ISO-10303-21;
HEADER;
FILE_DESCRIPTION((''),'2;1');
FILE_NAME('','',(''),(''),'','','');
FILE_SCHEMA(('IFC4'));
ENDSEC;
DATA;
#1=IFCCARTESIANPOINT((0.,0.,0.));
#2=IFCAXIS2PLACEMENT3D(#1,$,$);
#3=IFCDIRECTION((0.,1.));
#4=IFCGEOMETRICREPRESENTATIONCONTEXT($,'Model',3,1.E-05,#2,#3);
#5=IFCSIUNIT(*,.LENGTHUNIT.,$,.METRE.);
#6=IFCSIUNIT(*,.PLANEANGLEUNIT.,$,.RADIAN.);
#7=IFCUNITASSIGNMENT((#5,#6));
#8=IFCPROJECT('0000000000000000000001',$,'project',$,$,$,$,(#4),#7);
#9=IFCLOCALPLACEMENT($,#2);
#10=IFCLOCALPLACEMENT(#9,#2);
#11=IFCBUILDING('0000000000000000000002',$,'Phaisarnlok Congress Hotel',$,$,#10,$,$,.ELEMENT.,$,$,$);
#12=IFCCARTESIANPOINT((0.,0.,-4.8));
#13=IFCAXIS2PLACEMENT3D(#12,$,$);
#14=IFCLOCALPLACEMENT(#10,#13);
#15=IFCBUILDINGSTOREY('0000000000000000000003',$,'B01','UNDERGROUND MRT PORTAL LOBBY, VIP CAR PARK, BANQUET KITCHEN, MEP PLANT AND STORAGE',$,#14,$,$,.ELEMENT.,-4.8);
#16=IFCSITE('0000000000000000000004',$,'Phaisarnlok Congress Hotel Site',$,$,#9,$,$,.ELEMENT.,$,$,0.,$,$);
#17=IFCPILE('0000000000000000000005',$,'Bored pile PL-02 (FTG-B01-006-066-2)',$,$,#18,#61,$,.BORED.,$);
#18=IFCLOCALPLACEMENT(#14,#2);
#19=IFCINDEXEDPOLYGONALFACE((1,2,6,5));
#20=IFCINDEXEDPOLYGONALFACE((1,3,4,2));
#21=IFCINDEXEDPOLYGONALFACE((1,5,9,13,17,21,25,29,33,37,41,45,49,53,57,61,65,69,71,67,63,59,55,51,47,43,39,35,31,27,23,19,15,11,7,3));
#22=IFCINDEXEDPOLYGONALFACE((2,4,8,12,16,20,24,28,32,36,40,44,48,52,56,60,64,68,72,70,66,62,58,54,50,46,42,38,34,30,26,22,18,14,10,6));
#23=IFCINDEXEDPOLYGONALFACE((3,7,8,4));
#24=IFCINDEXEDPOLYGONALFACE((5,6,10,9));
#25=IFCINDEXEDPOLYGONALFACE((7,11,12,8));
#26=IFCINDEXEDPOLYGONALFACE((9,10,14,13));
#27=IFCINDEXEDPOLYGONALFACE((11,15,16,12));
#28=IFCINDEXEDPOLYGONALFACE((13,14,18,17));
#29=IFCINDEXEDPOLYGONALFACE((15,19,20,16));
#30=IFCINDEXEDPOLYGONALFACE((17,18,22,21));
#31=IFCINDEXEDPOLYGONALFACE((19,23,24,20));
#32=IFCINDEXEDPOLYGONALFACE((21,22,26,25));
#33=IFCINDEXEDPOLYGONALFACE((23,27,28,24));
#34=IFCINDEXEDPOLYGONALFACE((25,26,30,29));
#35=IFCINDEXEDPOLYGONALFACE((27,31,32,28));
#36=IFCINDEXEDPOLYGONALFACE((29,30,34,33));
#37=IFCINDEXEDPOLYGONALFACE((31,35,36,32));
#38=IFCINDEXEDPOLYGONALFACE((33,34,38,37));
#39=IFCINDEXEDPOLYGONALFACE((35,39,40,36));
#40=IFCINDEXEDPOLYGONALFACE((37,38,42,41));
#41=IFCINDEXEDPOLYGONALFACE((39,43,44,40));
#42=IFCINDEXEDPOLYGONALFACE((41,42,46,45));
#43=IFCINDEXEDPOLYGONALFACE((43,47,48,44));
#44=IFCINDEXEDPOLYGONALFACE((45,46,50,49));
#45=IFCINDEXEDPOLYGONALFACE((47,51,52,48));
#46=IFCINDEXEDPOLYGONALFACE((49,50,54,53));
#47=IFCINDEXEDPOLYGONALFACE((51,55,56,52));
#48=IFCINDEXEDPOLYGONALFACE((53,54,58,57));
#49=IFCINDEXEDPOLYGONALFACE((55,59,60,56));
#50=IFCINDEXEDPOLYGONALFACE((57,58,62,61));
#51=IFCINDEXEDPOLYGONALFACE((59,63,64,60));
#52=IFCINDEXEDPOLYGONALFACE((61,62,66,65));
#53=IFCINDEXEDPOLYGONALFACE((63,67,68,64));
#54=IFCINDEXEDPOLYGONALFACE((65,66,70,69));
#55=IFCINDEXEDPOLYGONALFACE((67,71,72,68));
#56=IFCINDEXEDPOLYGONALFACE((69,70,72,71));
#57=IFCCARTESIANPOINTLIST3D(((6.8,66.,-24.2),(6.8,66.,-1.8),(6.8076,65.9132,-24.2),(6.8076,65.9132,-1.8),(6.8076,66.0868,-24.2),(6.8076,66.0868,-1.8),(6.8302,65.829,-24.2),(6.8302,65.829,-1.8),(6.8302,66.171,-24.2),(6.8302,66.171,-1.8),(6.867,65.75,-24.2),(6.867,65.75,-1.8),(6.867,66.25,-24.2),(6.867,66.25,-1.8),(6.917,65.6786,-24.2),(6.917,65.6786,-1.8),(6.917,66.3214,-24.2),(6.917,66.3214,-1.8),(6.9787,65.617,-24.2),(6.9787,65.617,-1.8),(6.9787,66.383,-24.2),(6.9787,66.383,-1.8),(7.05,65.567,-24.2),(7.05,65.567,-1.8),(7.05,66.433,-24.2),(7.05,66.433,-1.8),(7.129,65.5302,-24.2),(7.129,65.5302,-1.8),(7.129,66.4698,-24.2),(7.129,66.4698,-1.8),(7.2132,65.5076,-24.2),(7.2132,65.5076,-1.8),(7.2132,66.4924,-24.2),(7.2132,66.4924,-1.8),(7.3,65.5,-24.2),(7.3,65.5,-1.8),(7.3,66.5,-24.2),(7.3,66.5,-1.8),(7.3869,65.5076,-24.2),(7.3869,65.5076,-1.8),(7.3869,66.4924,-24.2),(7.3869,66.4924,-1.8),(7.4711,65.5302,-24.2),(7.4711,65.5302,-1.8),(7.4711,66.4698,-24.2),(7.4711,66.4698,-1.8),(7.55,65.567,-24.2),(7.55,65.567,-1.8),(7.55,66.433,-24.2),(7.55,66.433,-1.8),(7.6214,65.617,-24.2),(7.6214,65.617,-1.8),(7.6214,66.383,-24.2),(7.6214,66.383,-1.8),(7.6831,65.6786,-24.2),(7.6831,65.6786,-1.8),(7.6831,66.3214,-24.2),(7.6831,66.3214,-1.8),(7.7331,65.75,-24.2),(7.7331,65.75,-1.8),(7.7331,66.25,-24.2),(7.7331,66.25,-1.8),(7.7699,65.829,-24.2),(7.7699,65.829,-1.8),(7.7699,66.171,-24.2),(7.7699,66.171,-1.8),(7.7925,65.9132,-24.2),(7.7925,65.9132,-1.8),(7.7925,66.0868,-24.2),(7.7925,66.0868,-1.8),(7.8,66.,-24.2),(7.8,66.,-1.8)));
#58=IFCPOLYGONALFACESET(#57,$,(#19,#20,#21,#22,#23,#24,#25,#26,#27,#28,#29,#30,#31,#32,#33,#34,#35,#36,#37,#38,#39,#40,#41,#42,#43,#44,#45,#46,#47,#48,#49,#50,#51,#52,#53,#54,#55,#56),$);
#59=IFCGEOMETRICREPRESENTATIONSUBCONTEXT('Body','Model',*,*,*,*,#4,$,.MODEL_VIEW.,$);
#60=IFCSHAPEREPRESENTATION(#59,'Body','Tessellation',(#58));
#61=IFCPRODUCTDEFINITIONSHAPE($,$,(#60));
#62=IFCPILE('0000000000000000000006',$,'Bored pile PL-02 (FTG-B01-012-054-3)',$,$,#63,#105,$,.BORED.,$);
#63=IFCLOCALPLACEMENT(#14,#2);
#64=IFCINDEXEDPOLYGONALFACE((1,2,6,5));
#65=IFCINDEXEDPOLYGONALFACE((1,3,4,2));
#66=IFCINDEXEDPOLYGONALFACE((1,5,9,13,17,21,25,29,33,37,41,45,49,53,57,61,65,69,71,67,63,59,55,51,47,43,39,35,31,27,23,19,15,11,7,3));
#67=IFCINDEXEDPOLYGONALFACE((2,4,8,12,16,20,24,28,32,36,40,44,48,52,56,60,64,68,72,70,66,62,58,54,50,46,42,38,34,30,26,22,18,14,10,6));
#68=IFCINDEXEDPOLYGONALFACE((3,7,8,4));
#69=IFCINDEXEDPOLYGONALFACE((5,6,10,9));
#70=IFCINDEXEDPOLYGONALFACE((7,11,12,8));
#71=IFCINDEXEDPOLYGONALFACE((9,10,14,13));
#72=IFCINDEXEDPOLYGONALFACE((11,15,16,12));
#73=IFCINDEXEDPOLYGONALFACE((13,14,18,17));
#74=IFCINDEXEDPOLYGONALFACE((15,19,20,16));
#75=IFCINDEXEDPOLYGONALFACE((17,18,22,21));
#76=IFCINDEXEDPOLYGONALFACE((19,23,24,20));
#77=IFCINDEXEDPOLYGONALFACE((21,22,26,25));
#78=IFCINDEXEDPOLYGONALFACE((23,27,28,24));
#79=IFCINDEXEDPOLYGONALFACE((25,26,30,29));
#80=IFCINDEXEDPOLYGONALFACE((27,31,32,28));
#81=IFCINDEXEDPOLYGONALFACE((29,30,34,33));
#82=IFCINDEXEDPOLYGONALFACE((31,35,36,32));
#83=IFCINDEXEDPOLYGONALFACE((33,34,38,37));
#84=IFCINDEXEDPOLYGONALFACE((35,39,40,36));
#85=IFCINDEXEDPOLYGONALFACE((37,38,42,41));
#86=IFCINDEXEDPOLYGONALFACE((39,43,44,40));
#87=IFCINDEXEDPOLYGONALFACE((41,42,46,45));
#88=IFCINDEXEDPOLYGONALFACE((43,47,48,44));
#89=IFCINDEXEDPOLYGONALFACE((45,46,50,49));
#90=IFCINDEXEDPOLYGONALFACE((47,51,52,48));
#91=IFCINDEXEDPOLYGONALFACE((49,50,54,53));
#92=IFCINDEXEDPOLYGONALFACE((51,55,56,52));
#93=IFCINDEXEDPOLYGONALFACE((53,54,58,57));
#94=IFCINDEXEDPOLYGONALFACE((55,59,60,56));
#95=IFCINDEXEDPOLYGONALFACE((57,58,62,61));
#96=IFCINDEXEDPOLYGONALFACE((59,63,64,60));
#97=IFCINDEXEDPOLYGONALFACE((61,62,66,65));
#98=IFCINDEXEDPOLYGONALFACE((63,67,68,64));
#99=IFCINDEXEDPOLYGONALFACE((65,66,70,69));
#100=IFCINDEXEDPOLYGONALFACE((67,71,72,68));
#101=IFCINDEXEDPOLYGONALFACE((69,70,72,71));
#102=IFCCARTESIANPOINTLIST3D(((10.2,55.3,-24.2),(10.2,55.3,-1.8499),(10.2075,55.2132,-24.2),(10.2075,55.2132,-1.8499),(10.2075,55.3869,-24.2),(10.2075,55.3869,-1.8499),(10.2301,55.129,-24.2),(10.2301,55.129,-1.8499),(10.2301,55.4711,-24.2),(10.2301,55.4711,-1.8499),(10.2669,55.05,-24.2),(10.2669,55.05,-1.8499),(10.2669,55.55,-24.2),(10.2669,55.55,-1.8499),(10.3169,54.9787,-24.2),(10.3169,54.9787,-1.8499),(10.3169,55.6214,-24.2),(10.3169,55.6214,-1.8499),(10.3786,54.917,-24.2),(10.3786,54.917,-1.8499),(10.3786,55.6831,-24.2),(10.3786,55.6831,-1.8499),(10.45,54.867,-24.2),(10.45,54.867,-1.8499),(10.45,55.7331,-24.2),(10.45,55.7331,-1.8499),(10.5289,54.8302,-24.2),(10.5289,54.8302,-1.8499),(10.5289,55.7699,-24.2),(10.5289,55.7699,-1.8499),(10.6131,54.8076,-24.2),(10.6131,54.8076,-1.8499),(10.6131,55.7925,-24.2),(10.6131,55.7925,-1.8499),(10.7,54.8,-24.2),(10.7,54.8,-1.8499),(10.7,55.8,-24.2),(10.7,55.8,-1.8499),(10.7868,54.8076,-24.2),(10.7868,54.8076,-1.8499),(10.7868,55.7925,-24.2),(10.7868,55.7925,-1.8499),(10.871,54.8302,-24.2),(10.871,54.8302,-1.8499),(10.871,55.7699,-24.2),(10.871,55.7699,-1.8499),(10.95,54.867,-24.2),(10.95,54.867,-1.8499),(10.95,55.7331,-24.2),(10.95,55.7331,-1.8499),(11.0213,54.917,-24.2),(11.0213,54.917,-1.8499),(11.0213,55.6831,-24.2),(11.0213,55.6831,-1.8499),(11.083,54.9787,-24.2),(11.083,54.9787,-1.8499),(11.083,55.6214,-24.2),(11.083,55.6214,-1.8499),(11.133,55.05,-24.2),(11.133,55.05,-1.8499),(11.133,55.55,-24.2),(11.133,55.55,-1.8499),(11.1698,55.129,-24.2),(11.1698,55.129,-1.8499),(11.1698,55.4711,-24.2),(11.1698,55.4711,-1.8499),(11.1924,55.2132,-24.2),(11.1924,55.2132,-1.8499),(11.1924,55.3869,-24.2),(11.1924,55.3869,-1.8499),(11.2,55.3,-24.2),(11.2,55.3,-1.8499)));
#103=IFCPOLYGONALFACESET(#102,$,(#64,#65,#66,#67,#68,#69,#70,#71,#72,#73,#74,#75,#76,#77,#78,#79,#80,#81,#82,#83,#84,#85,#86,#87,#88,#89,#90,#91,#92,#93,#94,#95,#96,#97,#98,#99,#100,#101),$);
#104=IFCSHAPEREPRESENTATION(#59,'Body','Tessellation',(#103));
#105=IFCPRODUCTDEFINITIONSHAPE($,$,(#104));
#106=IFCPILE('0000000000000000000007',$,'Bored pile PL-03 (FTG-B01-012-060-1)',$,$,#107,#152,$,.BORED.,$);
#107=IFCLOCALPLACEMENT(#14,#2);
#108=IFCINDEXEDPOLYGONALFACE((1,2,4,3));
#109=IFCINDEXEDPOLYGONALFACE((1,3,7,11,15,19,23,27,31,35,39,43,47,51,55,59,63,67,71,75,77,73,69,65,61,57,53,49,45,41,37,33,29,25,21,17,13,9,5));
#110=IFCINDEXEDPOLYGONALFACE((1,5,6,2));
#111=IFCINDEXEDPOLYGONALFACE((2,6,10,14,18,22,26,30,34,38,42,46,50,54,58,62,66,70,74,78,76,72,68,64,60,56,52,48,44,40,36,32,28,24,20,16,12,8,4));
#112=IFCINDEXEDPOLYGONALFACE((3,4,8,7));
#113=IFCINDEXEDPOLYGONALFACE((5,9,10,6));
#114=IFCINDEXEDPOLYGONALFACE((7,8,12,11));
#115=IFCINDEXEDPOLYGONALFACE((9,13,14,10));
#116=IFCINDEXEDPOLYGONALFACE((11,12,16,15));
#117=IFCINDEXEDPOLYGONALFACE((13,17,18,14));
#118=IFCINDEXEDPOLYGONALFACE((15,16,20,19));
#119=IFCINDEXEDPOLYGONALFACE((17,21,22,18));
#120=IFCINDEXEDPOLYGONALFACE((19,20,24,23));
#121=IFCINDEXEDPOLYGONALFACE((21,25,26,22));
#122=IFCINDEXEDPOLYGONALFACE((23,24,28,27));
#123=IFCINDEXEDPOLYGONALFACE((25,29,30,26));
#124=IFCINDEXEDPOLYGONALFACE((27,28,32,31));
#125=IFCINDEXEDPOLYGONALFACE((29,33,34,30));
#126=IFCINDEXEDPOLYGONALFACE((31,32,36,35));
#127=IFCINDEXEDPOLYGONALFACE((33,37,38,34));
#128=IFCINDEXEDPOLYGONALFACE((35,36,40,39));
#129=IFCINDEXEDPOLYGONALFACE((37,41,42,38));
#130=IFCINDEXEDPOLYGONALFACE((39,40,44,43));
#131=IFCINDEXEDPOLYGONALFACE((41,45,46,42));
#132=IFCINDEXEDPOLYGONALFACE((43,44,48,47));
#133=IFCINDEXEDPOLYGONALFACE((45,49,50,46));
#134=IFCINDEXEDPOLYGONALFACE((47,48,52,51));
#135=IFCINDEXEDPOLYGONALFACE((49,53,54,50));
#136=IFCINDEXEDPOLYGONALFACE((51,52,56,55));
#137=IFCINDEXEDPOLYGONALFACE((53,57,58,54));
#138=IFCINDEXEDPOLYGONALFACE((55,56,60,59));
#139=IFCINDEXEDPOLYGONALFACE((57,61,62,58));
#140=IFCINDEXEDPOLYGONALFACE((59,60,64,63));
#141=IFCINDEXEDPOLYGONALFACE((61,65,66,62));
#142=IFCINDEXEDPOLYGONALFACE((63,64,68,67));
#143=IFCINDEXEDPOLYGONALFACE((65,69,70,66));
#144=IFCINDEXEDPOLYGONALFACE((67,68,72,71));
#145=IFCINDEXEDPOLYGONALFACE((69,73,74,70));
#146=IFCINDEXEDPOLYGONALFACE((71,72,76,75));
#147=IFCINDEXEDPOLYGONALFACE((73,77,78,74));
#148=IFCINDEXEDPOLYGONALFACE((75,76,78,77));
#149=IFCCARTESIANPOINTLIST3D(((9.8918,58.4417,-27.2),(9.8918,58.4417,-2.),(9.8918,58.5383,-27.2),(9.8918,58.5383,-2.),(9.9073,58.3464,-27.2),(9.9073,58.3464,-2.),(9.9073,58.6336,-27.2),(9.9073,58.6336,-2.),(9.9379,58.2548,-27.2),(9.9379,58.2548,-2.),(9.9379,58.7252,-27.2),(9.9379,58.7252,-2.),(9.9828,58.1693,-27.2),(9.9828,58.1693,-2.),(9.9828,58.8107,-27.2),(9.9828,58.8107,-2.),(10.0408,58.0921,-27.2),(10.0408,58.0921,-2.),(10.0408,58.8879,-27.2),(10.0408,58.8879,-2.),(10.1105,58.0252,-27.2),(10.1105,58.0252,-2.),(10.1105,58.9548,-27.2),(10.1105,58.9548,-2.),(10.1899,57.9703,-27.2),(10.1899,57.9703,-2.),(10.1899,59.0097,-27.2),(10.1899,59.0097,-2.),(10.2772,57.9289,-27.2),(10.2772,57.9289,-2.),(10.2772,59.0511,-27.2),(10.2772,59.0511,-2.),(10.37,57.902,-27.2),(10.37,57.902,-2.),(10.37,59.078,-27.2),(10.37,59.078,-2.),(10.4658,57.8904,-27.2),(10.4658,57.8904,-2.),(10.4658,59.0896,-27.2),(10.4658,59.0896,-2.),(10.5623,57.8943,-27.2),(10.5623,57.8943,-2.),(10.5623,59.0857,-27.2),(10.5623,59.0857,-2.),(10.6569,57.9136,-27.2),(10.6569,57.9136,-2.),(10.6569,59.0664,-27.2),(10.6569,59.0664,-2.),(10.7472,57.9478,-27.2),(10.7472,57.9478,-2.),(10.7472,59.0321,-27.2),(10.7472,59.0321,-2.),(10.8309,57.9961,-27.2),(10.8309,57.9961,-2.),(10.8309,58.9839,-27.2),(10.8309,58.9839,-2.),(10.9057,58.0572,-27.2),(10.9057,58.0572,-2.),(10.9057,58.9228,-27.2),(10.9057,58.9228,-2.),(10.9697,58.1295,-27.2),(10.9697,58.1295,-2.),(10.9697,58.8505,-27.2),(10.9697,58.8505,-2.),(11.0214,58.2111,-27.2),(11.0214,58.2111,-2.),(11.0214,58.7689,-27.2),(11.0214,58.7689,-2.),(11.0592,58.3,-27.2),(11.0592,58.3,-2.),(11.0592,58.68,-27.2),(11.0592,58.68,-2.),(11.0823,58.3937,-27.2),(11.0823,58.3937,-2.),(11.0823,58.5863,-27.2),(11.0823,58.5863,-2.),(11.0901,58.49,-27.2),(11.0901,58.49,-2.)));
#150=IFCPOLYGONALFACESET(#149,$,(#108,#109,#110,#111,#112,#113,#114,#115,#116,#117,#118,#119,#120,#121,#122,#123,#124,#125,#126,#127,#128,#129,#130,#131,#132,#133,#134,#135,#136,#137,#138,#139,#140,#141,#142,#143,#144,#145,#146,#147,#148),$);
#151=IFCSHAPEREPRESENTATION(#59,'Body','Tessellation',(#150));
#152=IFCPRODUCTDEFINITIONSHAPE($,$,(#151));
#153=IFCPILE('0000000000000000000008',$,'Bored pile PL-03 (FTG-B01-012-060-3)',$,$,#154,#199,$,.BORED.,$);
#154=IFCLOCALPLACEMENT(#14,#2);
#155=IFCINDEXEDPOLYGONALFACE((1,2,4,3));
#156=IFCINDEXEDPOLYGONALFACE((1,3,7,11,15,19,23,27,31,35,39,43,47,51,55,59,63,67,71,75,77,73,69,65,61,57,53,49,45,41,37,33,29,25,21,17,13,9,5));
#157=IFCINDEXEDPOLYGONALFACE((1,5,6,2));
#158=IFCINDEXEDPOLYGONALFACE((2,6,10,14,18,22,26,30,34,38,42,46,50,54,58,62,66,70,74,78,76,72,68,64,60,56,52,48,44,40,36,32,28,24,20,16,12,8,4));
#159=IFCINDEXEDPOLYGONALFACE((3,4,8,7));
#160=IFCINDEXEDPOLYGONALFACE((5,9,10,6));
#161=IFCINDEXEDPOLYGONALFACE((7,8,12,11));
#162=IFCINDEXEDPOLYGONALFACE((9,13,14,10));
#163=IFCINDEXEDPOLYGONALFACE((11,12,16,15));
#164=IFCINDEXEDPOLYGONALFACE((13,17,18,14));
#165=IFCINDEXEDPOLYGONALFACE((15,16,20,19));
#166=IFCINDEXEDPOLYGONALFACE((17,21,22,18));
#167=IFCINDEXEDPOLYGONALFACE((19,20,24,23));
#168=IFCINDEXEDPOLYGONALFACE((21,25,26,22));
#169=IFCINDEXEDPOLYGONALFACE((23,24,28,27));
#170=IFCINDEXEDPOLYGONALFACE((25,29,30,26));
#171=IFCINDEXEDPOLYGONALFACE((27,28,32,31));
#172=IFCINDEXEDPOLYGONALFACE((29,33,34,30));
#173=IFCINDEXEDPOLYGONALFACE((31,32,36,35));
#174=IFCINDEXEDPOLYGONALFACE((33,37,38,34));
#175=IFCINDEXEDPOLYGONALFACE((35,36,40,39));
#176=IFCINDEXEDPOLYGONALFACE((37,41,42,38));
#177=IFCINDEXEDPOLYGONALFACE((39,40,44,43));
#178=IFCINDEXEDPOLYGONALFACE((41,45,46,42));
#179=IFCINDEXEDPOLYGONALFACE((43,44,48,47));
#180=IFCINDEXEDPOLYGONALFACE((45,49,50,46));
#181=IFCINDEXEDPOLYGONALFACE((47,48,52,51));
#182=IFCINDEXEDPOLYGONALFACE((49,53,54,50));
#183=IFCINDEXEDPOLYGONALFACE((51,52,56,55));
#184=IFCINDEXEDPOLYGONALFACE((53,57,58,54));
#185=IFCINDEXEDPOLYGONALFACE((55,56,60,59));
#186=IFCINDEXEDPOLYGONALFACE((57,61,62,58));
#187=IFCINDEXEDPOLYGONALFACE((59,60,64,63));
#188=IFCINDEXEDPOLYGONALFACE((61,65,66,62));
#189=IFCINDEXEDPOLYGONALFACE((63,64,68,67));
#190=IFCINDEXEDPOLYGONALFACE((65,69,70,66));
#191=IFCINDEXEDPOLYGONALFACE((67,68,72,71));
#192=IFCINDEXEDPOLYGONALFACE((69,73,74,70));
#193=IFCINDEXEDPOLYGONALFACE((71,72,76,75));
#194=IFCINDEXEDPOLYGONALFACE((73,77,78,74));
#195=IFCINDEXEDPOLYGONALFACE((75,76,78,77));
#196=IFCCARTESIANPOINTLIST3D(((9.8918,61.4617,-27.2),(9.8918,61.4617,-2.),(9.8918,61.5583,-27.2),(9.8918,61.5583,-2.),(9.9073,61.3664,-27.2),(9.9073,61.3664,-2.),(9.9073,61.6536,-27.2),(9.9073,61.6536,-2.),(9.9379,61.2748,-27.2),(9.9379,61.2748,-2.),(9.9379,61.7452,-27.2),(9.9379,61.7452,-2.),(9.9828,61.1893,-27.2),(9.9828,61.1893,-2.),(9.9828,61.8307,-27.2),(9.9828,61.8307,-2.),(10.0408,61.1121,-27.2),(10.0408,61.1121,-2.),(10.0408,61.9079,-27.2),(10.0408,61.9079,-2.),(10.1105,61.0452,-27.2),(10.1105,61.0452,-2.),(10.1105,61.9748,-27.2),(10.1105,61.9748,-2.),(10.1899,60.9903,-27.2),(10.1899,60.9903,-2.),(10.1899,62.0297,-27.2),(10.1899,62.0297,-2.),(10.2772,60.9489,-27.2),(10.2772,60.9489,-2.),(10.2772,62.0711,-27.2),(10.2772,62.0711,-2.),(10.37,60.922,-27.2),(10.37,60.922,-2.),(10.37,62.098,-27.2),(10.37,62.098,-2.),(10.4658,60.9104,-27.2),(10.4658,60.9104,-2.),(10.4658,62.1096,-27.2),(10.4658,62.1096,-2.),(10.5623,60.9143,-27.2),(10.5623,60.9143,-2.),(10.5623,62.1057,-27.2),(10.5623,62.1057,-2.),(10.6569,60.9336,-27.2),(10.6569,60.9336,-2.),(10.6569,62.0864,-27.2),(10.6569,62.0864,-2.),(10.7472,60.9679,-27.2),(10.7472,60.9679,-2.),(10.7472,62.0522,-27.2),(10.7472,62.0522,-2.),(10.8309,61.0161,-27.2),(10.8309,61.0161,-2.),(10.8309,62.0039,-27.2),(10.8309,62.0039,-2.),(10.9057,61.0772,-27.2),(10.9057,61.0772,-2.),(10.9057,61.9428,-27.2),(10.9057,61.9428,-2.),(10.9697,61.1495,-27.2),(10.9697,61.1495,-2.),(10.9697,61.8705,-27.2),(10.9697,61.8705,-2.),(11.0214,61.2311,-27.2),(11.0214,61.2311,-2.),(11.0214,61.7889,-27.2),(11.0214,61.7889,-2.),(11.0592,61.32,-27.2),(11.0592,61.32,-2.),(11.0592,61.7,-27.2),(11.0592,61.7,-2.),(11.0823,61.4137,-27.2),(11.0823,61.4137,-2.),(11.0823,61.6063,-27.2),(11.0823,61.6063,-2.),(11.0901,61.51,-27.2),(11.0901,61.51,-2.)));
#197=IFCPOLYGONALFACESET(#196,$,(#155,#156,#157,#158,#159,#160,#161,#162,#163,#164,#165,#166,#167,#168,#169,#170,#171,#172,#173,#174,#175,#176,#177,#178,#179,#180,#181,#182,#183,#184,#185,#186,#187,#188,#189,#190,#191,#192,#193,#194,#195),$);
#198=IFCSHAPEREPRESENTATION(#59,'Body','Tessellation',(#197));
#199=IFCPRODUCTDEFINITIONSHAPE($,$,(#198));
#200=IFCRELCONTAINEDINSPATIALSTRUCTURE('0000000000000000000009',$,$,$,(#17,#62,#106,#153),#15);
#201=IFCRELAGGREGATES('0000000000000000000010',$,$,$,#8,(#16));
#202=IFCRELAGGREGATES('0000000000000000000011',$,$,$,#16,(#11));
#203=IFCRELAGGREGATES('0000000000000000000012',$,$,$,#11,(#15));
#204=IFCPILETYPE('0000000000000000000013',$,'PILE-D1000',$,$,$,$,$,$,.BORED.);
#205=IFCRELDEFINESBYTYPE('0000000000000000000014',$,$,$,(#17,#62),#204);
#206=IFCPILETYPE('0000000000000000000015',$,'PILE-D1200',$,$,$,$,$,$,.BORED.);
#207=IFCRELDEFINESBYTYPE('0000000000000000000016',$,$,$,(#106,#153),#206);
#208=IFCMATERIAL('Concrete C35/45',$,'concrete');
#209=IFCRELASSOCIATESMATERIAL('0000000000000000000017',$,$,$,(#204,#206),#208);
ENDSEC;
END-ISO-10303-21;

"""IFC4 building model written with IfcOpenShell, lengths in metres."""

from ifc_helpers import new_model, si_unit, direction, frame, origin, origin_2d, place, context, subcontext, project, spatial, circle, extrude, material, material_profile, profile_set, type_object, element, save


model = new_model("IFC4")

# Units and contexts
model_context = context("Model", 3, precision=1e-05, world=origin(), true_north=direction((0.0, 1.0)))
body_context = subcontext(model_context, "Body", "Model", "MODEL_VIEW")
ifc_project = project(units=[si_unit("LENGTHUNIT", "METRE"), si_unit("PLANEANGLEUNIT", "RADIAN")], contexts=[model_context])

# Site, building, storey
site_placement = place(None, origin())
site = spatial("IfcSite", under=ifc_project, at=site_placement, Name="Phaisarnlok Congress Hotel Site", CompositionType="ELEMENT", RefElevation=0.0)
building_placement = place(site_placement, origin())
building = spatial("IfcBuilding", under=site, at=building_placement, Name="Phaisarnlok Congress Hotel", CompositionType="ELEMENT")
storey_placement = place(building_placement, frame((0.0, 0.0, -4.8)))
storey = spatial("IfcBuildingStorey", under=building, at=storey_placement, Name="B01", Description="UNDERGROUND MRT PORTAL LOBBY, VIP CAR PARK, BANQUET KITCHEN, MEP PLANT AND STORAGE", CompositionType="ELEMENT", Elevation=-4.8)

# Piles
ifc_material_1 = material(Name="Concrete C35/45", Category="concrete")
ifc_material_profile_1 = material_profile(ifc_material_1, circle(Radius=0.5, at=origin_2d()), Name="BORED PILE D1000")
ifc_profile_set_1 = profile_set([ifc_material_profile_1], Name="Concrete C35/45")
pile_type_1 = type_object("IfcPileType", Name="PILE-D1000", PredefinedType="BORED", material=ifc_profile_set_1)
for number, where, z_axis, x_axis, name in (
    (1, (7.3, 66.0, -1.8), (0.0, 0.0, -1.0), (1.0, 0.0, 0.0), "Bored pile PL-02 (FTG-B01-006-066-2)"),
):
    element("IfcPile", number, at=place(storey_placement, frame(where, z_axis=z_axis, x_axis=x_axis)), inside=storey, type_object=pile_type_1, Name=name, PredefinedType="BORED", context=body_context, shape_type="SweptSolid", body=[
        extrude(circle(Radius=0.5, at=origin_2d()), origin(), (0.0, 0.0, 1.0), 22.3999),
    ])
pile_placement = place(storey_placement, frame((10.7, 55.3, -1.8499), z_axis=(0.0, 0.0, -1.0), x_axis=(1.0, 0.0, 0.0)))
element("IfcPile", 2, at=pile_placement, inside=storey, type_object=pile_type_1, Name="Bored pile PL-02 (FTG-B01-012-054-3)", PredefinedType="BORED", context=body_context, shape_type="SweptSolid", body=[
    extrude(circle(Radius=0.5, at=origin_2d()), origin(), (0.0, 0.0, 1.0), 22.3501),
])
ifc_material_profile_2 = material_profile(ifc_material_1, circle(Radius=0.6001, at=origin_2d()), Name="BORED PILE D1200")
ifc_profile_set_2 = profile_set([ifc_material_profile_2], Name="Concrete C35/45")
pile_type_2 = type_object("IfcPileType", Name="PILE-D1200", PredefinedType="BORED", material=ifc_profile_set_2)
for number, where, z_axis, x_axis, name in (
    (3, (10.49, 58.49, -2.0), (0.0, 0.0, -1.0), (1.0, 0.0, 0.0), "Bored pile PL-03 (FTG-B01-012-060-1)"),
    (4, (10.49, 61.51, -2.0), (0.0, 0.0, -1.0), (1.0, 0.0, 0.0), "Bored pile PL-03 (FTG-B01-012-060-3)"),
):
    element("IfcPile", number, at=place(storey_placement, frame(where, z_axis=z_axis, x_axis=x_axis)), inside=storey, type_object=pile_type_2, Name=name, PredefinedType="BORED", context=body_context, shape_type="SweptSolid", body=[
        extrude(circle(Radius=0.6001, at=origin_2d()), origin(), (0.0, 0.0, 1.0), 25.2),
    ])

save(model, "model.ifc")
